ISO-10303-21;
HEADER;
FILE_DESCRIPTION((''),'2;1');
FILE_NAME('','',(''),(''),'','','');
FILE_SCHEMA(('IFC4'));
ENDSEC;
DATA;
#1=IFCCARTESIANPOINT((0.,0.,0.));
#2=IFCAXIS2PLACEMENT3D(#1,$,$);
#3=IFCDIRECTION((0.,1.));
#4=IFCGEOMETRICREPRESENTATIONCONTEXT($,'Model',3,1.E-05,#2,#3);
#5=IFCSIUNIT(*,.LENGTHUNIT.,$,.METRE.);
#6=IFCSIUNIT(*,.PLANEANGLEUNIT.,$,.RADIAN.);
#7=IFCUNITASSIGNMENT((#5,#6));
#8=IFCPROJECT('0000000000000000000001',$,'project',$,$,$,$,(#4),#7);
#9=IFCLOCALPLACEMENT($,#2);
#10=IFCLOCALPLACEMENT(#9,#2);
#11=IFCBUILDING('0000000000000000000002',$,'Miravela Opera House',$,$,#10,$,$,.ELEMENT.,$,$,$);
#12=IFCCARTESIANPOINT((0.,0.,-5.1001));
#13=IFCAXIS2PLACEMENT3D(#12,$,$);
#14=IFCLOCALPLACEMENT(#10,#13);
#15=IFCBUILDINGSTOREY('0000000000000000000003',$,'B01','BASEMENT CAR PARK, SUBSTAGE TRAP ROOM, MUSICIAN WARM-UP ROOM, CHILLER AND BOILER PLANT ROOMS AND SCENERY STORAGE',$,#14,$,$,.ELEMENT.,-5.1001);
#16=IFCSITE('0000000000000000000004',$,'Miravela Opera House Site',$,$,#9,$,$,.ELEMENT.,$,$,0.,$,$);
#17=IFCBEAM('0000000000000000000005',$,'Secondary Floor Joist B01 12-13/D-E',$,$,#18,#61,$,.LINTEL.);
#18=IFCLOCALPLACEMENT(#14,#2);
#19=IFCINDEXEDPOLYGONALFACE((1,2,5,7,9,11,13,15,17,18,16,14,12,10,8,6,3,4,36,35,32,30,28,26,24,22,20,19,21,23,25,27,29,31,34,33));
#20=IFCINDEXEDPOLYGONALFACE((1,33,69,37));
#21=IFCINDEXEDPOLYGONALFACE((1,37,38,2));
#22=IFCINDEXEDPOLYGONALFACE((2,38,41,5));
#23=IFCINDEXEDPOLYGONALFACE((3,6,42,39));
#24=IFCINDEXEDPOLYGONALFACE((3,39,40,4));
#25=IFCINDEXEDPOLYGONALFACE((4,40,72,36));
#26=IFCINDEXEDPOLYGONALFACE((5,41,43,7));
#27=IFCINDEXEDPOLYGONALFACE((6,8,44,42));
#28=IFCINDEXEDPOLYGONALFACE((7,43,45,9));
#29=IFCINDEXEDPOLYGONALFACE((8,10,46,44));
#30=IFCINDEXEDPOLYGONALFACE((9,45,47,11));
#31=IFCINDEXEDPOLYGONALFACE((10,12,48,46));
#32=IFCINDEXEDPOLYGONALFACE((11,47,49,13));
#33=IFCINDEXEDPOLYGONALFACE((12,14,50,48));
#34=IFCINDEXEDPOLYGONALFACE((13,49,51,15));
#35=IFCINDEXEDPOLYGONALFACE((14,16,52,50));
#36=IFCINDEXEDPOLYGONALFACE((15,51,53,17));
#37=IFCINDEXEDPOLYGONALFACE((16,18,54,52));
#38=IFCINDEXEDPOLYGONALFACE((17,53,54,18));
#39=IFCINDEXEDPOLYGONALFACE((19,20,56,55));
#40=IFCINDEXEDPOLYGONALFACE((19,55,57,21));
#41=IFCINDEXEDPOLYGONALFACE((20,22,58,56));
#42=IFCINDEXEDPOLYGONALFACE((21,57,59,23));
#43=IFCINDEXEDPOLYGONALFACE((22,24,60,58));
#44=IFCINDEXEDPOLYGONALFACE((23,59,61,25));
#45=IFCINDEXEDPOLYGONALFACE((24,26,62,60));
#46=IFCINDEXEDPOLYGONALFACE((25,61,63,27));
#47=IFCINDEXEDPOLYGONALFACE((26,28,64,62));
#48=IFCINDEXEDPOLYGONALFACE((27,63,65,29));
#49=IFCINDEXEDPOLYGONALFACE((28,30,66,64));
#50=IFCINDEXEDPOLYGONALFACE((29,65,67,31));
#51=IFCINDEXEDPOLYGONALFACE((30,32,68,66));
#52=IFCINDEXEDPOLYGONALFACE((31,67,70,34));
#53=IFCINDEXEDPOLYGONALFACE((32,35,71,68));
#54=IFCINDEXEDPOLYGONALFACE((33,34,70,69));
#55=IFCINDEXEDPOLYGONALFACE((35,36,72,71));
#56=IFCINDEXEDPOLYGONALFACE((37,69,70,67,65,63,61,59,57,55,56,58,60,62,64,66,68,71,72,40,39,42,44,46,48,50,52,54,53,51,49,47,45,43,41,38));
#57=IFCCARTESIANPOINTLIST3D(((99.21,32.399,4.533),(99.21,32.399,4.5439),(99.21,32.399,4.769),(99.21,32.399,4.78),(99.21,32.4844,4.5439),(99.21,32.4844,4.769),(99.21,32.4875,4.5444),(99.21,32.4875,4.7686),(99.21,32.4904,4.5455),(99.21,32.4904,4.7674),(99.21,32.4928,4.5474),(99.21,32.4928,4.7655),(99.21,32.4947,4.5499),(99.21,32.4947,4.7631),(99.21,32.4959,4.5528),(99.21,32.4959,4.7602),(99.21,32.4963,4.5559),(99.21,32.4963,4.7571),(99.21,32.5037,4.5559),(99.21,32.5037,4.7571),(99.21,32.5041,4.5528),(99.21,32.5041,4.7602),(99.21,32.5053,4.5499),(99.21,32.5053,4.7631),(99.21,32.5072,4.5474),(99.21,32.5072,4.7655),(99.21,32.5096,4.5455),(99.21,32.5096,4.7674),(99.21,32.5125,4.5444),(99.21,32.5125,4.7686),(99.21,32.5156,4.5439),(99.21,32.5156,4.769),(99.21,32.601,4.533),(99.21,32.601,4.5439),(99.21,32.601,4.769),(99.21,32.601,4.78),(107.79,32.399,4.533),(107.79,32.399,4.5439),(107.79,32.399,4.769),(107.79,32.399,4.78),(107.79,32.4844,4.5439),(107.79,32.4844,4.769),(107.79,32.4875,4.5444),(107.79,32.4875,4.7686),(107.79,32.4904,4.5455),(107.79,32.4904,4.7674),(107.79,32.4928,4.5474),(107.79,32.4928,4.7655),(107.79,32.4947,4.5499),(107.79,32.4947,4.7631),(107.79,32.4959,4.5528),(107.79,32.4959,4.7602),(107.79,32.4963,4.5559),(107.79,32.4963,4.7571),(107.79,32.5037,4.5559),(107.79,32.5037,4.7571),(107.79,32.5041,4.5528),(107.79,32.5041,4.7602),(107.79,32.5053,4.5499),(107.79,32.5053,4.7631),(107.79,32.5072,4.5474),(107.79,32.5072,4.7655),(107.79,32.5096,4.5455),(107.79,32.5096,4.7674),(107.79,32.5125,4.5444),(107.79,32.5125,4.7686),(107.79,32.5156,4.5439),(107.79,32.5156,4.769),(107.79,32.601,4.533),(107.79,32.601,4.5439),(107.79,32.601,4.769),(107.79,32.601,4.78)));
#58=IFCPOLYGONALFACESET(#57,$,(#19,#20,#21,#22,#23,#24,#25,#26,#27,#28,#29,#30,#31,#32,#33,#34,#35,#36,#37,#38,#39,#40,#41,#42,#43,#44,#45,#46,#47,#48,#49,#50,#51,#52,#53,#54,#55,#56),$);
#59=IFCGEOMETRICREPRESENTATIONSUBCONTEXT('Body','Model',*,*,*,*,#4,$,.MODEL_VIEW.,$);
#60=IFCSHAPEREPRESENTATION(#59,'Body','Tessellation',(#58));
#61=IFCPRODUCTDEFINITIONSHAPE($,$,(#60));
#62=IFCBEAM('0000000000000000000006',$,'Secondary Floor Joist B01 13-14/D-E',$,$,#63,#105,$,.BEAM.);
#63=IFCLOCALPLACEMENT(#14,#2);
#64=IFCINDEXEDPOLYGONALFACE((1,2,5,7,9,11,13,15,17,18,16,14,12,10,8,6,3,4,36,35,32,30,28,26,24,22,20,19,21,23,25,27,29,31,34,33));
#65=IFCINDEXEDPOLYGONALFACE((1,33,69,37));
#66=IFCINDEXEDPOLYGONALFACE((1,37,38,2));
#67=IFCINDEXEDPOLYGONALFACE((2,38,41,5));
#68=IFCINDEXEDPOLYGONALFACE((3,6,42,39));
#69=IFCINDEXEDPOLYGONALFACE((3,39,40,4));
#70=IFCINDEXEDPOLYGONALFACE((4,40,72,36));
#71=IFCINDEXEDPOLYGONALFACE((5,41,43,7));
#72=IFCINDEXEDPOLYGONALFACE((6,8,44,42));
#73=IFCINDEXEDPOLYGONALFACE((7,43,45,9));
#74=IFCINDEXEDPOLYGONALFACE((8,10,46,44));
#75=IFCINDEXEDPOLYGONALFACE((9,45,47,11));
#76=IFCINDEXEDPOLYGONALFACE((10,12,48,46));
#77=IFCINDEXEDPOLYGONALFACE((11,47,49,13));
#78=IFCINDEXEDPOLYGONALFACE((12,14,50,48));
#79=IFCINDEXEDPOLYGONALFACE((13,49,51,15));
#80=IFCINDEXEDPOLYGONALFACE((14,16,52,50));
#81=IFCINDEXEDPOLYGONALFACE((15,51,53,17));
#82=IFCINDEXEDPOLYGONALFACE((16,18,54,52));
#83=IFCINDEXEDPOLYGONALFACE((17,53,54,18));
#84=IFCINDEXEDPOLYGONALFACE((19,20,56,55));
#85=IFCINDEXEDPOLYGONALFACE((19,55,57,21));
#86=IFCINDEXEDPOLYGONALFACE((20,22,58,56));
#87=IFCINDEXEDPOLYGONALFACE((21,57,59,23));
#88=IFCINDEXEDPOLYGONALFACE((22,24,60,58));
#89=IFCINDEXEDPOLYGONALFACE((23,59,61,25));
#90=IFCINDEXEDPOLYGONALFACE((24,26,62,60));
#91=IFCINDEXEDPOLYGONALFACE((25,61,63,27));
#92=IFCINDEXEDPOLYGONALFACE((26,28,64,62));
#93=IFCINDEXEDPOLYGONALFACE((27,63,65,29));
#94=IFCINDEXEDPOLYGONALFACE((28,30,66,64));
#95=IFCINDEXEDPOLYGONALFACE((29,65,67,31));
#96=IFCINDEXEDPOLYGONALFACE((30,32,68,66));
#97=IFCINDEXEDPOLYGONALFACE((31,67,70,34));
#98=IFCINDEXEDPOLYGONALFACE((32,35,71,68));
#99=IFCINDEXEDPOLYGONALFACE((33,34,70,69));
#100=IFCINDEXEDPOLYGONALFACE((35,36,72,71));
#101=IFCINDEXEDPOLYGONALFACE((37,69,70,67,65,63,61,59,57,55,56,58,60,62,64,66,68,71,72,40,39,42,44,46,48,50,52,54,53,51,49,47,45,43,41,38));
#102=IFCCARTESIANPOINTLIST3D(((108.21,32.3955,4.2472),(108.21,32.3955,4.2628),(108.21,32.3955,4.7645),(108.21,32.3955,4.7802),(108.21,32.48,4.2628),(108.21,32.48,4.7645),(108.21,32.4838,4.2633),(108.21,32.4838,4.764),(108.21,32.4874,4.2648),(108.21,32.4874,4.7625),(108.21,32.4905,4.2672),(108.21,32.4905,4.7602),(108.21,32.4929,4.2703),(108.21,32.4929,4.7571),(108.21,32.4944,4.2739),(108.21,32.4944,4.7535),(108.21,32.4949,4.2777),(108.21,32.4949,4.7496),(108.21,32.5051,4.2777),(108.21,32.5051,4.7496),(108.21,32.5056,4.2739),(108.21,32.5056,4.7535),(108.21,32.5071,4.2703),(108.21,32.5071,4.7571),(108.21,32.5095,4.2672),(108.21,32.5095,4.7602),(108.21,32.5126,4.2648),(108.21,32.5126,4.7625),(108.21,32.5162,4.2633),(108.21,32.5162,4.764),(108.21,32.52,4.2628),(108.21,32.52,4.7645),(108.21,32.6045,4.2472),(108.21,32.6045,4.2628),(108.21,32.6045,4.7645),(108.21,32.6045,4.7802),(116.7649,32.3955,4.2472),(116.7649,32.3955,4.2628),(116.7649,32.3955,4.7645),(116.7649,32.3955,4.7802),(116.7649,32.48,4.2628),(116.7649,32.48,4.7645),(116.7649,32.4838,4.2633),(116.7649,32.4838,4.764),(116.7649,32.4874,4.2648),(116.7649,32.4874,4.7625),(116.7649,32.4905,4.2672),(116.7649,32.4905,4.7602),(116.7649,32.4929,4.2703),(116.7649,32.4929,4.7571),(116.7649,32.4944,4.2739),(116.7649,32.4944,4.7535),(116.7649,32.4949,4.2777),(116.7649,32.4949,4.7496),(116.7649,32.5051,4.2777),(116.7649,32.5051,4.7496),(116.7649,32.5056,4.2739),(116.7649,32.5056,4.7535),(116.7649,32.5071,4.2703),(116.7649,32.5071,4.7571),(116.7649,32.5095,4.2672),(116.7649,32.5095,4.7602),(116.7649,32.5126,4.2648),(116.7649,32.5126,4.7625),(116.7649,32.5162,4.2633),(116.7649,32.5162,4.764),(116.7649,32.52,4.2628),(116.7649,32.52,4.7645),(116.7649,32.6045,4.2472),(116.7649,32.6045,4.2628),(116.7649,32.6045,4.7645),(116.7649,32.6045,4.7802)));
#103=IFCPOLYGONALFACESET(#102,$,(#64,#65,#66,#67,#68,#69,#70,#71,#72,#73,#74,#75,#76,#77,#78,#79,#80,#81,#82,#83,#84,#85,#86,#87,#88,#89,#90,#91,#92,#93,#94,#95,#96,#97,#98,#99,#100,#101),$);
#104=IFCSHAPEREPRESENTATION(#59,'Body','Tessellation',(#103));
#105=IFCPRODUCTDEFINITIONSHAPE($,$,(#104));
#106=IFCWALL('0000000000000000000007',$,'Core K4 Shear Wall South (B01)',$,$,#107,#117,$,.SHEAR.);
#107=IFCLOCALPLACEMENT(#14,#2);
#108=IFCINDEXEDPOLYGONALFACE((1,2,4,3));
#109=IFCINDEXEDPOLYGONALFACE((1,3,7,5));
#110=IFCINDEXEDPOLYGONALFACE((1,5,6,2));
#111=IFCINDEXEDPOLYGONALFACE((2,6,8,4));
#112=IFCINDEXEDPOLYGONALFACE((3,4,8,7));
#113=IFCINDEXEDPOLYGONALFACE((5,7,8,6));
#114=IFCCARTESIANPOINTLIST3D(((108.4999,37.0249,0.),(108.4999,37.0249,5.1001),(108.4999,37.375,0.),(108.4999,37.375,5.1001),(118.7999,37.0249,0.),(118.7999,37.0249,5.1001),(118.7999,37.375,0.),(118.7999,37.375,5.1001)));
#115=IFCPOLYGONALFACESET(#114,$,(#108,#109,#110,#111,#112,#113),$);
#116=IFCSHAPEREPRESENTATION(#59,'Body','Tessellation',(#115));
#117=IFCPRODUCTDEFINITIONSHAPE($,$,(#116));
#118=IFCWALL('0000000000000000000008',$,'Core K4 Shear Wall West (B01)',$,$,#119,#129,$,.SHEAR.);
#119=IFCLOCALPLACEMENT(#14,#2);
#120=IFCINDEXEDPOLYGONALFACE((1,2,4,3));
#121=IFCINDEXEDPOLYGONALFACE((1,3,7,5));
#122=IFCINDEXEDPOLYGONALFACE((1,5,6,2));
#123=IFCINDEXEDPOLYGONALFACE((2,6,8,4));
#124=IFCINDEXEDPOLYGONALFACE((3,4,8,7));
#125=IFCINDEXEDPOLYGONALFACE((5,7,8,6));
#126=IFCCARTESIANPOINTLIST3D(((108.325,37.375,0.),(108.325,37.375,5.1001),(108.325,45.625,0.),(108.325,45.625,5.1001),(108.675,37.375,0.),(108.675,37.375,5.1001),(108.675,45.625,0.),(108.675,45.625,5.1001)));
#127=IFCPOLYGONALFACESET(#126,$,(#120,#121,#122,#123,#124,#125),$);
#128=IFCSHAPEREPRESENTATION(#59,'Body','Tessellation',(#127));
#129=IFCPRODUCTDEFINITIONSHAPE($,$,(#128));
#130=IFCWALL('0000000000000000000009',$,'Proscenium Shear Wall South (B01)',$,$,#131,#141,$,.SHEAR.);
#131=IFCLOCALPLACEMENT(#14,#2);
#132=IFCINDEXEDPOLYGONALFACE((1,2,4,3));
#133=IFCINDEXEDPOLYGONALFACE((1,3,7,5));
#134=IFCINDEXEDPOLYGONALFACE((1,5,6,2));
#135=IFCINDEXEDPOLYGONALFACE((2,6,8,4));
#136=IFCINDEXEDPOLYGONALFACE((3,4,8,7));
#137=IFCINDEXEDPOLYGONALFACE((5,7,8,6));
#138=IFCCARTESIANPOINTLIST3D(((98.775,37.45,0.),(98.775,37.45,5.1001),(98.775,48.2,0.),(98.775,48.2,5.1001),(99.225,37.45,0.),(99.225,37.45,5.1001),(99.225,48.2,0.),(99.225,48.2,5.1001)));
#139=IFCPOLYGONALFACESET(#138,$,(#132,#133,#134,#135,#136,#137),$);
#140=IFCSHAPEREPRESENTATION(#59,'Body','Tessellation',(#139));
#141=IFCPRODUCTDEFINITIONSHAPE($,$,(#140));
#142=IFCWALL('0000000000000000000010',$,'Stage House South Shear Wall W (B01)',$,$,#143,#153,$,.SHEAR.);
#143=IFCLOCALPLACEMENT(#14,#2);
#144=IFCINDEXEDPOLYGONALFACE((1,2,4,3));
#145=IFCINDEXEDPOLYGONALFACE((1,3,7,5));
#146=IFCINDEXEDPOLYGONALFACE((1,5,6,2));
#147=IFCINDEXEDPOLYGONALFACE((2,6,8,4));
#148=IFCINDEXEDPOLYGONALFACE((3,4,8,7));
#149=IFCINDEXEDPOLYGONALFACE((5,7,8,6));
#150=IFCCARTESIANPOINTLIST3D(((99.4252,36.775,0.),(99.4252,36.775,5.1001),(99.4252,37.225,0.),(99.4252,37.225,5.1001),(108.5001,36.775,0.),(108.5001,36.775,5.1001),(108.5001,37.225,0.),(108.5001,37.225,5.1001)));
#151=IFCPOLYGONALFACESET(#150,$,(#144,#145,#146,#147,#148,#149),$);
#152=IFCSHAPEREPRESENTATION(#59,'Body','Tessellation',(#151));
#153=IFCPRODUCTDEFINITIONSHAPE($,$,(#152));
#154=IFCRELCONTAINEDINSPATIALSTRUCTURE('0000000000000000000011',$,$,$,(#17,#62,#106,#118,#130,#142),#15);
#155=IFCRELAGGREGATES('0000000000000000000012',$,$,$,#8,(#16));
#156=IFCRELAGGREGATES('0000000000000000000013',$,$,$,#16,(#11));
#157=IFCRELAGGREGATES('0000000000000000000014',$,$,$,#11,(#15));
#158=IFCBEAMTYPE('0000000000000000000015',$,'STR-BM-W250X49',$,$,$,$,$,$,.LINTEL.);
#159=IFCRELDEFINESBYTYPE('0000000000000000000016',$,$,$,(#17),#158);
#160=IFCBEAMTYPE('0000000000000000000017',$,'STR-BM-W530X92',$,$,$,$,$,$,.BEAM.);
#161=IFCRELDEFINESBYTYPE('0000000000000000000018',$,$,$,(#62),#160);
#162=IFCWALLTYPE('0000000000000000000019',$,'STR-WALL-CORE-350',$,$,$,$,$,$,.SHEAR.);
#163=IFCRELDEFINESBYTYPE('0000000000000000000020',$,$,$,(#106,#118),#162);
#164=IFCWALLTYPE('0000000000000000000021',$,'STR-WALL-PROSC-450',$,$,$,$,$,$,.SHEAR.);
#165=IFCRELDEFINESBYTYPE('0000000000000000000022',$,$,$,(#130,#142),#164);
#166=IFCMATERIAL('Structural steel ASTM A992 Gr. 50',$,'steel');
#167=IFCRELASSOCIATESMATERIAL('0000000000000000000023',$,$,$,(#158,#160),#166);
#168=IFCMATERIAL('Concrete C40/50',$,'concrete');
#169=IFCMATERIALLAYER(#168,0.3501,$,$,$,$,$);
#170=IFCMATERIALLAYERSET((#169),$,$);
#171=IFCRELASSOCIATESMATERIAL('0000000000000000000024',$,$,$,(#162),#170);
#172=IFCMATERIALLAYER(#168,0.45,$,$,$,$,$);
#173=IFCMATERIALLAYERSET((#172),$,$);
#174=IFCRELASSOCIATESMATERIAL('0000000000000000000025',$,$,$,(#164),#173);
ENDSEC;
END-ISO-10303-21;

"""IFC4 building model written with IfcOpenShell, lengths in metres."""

from ifc_helpers import new_model, si_unit, direction, frame, frame_2d, origin, origin_2d, place, context, subcontext, project, spatial, rectangle, i_section, extrude, material, layer, layer_set, material_profile, profile_set, type_object, element, save


model = new_model("IFC4")

# Units and contexts
model_context = context("Model", 3, precision=1e-05, world=origin(), true_north=direction((0.0, 1.0)))
body_context = subcontext(model_context, "Body", "Model", "MODEL_VIEW")
ifc_project = project(units=[si_unit("LENGTHUNIT", "METRE"), si_unit("PLANEANGLEUNIT", "RADIAN")], contexts=[model_context])

# Site, building, storey
site_placement = place(None, origin())
site = spatial("IfcSite", under=ifc_project, at=site_placement, Name="Miravela Opera House Site", CompositionType="ELEMENT", RefElevation=0.0)
building_placement = place(site_placement, origin())
building = spatial("IfcBuilding", under=site, at=building_placement, Name="Miravela Opera House", CompositionType="ELEMENT")
storey_placement = place(building_placement, frame((0.0, 0.0, -5.1001)))
storey = spatial("IfcBuildingStorey", under=building, at=storey_placement, Name="B01", Description="BASEMENT CAR PARK, SUBSTAGE TRAP ROOM, MUSICIAN WARM-UP ROOM, CHILLER AND BOILER PLANT ROOMS AND SCENERY STORAGE", CompositionType="ELEMENT", Elevation=-5.1001)

# Shared definitions
ifc_material_1 = material(Name="Concrete C40/50", Category="concrete")

# Beams
ifc_material_2 = material(Name="Structural steel ASTM A992 Gr. 50", Category="steel")
ifc_material_profile_1 = material_profile(ifc_material_2, i_section(OverallWidth=0.2019, OverallDepth=0.2471, WebThickness=0.0073, FlangeThickness=0.011, FilletRadius=0.012, at=origin_2d()), Name="W250X49")
ifc_profile_set_1 = profile_set([ifc_material_profile_1])
beam_type_1 = type_object("IfcBeamType", Name="STR-BM-W250X49", PredefinedType="LINTEL", material=ifc_profile_set_1)
beam_1_placement = place(storey_placement, frame((99.21, 32.5, 4.6565), z_axis=(1.0, 0.0, 0.0), x_axis=(0.0, 1.0, 0.0)))
element("IfcBeam", 1, at=beam_1_placement, inside=storey, type_object=beam_type_1, Name="Secondary Floor Joist B01 12-13/D-E", PredefinedType="LINTEL", context=body_context, shape_type="SweptSolid", body=[
    extrude(i_section(OverallWidth=0.2019, OverallDepth=0.2471, WebThickness=0.0073, FlangeThickness=0.011, FilletRadius=0.012, at=origin_2d()), origin(), (0.0, 0.0, 1.0), 8.5801),
])
ifc_material_profile_2 = material_profile(ifc_material_2, i_section(OverallWidth=0.209, OverallDepth=0.533, WebThickness=0.0103, FlangeThickness=0.0156, FilletRadius=0.0149, at=origin_2d()), Name="W530X92")
ifc_profile_set_2 = profile_set([ifc_material_profile_2])
beam_type_2 = type_object("IfcBeamType", Name="STR-BM-W530X92", PredefinedType="BEAM", material=ifc_profile_set_2)
beam_2_placement = place(storey_placement, frame((108.21, 32.5, 4.5137), z_axis=(1.0, 0.0, 0.0), x_axis=(0.0, 1.0, 0.0)))
element("IfcBeam", 2, at=beam_2_placement, inside=storey, type_object=beam_type_2, Name="Secondary Floor Joist B01 13-14/D-E", PredefinedType="BEAM", context=body_context, shape_type="SweptSolid", body=[
    extrude(i_section(OverallWidth=0.209, OverallDepth=0.533, WebThickness=0.0103, FlangeThickness=0.0156, FilletRadius=0.0149, at=origin_2d()), origin(), (0.0, 0.0, 1.0), 8.5549),
])

# Walls
ifc_layer_1 = layer(ifc_material_1, 0.3501)
ifc_layer_set_1 = layer_set([ifc_layer_1])
wall_type_1 = type_object("IfcWallType", Name="STR-WALL-CORE-350", PredefinedType="SHEAR", material=ifc_layer_set_1)
wall_1_placement = place(storey_placement, frame((108.5, 37.2, 0.0), z_axis=(0.0, 0.0, 1.0), x_axis=(1.0, 0.0, 0.0)))
element("IfcWall", 3, at=wall_1_placement, inside=storey, type_object=wall_type_1, Name="Core K4 Shear Wall South (B01)", PredefinedType="SHEAR", context=body_context, shape_type="SweptSolid", body=[
    extrude(rectangle(XDim=10.3, YDim=0.3501, at=frame_2d((5.1499, 0.0))), origin(), (0.0, 0.0, 1.0), 5.1001),
])
wall_2_placement = place(storey_placement, frame((108.5, 37.375, 0.0), z_axis=(0.0, 0.0, 1.0), x_axis=(0.0, 1.0, 0.0)))
element("IfcWall", 4, at=wall_2_placement, inside=storey, type_object=wall_type_1, Name="Core K4 Shear Wall West (B01)", PredefinedType="SHEAR", context=body_context, shape_type="SweptSolid", body=[
    extrude(rectangle(XDim=8.25, YDim=0.3501, at=frame_2d((4.125, 0.0))), origin(), (0.0, 0.0, 1.0), 5.1001),
])
ifc_layer_2 = layer(ifc_material_1, 0.45)
ifc_layer_set_2 = layer_set([ifc_layer_2])
wall_type_2 = type_object("IfcWallType", Name="STR-WALL-PROSC-450", PredefinedType="SHEAR", material=ifc_layer_set_2)
wall_3_placement = place(storey_placement, frame((99.0, 37.45, 0.0), z_axis=(0.0, 0.0, 1.0), x_axis=(0.0, 1.0, 0.0)))
element("IfcWall", 5, at=wall_3_placement, inside=storey, type_object=wall_type_2, Name="Proscenium Shear Wall South (B01)", PredefinedType="SHEAR", context=body_context, shape_type="SweptSolid", body=[
    extrude(rectangle(XDim=10.75, YDim=0.45, at=frame_2d((5.375, 0.0))), origin(), (0.0, 0.0, 1.0), 5.1001),
])
wall_4_placement = place(storey_placement, frame((99.425, 37.0, 0.0), z_axis=(0.0, 0.0, 1.0), x_axis=(1.0, 0.0, 0.0)))
element("IfcWall", 6, at=wall_4_placement, inside=storey, type_object=wall_type_2, Name="Stage House South Shear Wall W (B01)", PredefinedType="SHEAR", context=body_context, shape_type="SweptSolid", body=[
    extrude(rectangle(XDim=9.075, YDim=0.45, at=frame_2d((4.5376, 0.0))), origin(), (0.0, 0.0, 1.0), 5.1001),
])

save(model, "model.ifc")
